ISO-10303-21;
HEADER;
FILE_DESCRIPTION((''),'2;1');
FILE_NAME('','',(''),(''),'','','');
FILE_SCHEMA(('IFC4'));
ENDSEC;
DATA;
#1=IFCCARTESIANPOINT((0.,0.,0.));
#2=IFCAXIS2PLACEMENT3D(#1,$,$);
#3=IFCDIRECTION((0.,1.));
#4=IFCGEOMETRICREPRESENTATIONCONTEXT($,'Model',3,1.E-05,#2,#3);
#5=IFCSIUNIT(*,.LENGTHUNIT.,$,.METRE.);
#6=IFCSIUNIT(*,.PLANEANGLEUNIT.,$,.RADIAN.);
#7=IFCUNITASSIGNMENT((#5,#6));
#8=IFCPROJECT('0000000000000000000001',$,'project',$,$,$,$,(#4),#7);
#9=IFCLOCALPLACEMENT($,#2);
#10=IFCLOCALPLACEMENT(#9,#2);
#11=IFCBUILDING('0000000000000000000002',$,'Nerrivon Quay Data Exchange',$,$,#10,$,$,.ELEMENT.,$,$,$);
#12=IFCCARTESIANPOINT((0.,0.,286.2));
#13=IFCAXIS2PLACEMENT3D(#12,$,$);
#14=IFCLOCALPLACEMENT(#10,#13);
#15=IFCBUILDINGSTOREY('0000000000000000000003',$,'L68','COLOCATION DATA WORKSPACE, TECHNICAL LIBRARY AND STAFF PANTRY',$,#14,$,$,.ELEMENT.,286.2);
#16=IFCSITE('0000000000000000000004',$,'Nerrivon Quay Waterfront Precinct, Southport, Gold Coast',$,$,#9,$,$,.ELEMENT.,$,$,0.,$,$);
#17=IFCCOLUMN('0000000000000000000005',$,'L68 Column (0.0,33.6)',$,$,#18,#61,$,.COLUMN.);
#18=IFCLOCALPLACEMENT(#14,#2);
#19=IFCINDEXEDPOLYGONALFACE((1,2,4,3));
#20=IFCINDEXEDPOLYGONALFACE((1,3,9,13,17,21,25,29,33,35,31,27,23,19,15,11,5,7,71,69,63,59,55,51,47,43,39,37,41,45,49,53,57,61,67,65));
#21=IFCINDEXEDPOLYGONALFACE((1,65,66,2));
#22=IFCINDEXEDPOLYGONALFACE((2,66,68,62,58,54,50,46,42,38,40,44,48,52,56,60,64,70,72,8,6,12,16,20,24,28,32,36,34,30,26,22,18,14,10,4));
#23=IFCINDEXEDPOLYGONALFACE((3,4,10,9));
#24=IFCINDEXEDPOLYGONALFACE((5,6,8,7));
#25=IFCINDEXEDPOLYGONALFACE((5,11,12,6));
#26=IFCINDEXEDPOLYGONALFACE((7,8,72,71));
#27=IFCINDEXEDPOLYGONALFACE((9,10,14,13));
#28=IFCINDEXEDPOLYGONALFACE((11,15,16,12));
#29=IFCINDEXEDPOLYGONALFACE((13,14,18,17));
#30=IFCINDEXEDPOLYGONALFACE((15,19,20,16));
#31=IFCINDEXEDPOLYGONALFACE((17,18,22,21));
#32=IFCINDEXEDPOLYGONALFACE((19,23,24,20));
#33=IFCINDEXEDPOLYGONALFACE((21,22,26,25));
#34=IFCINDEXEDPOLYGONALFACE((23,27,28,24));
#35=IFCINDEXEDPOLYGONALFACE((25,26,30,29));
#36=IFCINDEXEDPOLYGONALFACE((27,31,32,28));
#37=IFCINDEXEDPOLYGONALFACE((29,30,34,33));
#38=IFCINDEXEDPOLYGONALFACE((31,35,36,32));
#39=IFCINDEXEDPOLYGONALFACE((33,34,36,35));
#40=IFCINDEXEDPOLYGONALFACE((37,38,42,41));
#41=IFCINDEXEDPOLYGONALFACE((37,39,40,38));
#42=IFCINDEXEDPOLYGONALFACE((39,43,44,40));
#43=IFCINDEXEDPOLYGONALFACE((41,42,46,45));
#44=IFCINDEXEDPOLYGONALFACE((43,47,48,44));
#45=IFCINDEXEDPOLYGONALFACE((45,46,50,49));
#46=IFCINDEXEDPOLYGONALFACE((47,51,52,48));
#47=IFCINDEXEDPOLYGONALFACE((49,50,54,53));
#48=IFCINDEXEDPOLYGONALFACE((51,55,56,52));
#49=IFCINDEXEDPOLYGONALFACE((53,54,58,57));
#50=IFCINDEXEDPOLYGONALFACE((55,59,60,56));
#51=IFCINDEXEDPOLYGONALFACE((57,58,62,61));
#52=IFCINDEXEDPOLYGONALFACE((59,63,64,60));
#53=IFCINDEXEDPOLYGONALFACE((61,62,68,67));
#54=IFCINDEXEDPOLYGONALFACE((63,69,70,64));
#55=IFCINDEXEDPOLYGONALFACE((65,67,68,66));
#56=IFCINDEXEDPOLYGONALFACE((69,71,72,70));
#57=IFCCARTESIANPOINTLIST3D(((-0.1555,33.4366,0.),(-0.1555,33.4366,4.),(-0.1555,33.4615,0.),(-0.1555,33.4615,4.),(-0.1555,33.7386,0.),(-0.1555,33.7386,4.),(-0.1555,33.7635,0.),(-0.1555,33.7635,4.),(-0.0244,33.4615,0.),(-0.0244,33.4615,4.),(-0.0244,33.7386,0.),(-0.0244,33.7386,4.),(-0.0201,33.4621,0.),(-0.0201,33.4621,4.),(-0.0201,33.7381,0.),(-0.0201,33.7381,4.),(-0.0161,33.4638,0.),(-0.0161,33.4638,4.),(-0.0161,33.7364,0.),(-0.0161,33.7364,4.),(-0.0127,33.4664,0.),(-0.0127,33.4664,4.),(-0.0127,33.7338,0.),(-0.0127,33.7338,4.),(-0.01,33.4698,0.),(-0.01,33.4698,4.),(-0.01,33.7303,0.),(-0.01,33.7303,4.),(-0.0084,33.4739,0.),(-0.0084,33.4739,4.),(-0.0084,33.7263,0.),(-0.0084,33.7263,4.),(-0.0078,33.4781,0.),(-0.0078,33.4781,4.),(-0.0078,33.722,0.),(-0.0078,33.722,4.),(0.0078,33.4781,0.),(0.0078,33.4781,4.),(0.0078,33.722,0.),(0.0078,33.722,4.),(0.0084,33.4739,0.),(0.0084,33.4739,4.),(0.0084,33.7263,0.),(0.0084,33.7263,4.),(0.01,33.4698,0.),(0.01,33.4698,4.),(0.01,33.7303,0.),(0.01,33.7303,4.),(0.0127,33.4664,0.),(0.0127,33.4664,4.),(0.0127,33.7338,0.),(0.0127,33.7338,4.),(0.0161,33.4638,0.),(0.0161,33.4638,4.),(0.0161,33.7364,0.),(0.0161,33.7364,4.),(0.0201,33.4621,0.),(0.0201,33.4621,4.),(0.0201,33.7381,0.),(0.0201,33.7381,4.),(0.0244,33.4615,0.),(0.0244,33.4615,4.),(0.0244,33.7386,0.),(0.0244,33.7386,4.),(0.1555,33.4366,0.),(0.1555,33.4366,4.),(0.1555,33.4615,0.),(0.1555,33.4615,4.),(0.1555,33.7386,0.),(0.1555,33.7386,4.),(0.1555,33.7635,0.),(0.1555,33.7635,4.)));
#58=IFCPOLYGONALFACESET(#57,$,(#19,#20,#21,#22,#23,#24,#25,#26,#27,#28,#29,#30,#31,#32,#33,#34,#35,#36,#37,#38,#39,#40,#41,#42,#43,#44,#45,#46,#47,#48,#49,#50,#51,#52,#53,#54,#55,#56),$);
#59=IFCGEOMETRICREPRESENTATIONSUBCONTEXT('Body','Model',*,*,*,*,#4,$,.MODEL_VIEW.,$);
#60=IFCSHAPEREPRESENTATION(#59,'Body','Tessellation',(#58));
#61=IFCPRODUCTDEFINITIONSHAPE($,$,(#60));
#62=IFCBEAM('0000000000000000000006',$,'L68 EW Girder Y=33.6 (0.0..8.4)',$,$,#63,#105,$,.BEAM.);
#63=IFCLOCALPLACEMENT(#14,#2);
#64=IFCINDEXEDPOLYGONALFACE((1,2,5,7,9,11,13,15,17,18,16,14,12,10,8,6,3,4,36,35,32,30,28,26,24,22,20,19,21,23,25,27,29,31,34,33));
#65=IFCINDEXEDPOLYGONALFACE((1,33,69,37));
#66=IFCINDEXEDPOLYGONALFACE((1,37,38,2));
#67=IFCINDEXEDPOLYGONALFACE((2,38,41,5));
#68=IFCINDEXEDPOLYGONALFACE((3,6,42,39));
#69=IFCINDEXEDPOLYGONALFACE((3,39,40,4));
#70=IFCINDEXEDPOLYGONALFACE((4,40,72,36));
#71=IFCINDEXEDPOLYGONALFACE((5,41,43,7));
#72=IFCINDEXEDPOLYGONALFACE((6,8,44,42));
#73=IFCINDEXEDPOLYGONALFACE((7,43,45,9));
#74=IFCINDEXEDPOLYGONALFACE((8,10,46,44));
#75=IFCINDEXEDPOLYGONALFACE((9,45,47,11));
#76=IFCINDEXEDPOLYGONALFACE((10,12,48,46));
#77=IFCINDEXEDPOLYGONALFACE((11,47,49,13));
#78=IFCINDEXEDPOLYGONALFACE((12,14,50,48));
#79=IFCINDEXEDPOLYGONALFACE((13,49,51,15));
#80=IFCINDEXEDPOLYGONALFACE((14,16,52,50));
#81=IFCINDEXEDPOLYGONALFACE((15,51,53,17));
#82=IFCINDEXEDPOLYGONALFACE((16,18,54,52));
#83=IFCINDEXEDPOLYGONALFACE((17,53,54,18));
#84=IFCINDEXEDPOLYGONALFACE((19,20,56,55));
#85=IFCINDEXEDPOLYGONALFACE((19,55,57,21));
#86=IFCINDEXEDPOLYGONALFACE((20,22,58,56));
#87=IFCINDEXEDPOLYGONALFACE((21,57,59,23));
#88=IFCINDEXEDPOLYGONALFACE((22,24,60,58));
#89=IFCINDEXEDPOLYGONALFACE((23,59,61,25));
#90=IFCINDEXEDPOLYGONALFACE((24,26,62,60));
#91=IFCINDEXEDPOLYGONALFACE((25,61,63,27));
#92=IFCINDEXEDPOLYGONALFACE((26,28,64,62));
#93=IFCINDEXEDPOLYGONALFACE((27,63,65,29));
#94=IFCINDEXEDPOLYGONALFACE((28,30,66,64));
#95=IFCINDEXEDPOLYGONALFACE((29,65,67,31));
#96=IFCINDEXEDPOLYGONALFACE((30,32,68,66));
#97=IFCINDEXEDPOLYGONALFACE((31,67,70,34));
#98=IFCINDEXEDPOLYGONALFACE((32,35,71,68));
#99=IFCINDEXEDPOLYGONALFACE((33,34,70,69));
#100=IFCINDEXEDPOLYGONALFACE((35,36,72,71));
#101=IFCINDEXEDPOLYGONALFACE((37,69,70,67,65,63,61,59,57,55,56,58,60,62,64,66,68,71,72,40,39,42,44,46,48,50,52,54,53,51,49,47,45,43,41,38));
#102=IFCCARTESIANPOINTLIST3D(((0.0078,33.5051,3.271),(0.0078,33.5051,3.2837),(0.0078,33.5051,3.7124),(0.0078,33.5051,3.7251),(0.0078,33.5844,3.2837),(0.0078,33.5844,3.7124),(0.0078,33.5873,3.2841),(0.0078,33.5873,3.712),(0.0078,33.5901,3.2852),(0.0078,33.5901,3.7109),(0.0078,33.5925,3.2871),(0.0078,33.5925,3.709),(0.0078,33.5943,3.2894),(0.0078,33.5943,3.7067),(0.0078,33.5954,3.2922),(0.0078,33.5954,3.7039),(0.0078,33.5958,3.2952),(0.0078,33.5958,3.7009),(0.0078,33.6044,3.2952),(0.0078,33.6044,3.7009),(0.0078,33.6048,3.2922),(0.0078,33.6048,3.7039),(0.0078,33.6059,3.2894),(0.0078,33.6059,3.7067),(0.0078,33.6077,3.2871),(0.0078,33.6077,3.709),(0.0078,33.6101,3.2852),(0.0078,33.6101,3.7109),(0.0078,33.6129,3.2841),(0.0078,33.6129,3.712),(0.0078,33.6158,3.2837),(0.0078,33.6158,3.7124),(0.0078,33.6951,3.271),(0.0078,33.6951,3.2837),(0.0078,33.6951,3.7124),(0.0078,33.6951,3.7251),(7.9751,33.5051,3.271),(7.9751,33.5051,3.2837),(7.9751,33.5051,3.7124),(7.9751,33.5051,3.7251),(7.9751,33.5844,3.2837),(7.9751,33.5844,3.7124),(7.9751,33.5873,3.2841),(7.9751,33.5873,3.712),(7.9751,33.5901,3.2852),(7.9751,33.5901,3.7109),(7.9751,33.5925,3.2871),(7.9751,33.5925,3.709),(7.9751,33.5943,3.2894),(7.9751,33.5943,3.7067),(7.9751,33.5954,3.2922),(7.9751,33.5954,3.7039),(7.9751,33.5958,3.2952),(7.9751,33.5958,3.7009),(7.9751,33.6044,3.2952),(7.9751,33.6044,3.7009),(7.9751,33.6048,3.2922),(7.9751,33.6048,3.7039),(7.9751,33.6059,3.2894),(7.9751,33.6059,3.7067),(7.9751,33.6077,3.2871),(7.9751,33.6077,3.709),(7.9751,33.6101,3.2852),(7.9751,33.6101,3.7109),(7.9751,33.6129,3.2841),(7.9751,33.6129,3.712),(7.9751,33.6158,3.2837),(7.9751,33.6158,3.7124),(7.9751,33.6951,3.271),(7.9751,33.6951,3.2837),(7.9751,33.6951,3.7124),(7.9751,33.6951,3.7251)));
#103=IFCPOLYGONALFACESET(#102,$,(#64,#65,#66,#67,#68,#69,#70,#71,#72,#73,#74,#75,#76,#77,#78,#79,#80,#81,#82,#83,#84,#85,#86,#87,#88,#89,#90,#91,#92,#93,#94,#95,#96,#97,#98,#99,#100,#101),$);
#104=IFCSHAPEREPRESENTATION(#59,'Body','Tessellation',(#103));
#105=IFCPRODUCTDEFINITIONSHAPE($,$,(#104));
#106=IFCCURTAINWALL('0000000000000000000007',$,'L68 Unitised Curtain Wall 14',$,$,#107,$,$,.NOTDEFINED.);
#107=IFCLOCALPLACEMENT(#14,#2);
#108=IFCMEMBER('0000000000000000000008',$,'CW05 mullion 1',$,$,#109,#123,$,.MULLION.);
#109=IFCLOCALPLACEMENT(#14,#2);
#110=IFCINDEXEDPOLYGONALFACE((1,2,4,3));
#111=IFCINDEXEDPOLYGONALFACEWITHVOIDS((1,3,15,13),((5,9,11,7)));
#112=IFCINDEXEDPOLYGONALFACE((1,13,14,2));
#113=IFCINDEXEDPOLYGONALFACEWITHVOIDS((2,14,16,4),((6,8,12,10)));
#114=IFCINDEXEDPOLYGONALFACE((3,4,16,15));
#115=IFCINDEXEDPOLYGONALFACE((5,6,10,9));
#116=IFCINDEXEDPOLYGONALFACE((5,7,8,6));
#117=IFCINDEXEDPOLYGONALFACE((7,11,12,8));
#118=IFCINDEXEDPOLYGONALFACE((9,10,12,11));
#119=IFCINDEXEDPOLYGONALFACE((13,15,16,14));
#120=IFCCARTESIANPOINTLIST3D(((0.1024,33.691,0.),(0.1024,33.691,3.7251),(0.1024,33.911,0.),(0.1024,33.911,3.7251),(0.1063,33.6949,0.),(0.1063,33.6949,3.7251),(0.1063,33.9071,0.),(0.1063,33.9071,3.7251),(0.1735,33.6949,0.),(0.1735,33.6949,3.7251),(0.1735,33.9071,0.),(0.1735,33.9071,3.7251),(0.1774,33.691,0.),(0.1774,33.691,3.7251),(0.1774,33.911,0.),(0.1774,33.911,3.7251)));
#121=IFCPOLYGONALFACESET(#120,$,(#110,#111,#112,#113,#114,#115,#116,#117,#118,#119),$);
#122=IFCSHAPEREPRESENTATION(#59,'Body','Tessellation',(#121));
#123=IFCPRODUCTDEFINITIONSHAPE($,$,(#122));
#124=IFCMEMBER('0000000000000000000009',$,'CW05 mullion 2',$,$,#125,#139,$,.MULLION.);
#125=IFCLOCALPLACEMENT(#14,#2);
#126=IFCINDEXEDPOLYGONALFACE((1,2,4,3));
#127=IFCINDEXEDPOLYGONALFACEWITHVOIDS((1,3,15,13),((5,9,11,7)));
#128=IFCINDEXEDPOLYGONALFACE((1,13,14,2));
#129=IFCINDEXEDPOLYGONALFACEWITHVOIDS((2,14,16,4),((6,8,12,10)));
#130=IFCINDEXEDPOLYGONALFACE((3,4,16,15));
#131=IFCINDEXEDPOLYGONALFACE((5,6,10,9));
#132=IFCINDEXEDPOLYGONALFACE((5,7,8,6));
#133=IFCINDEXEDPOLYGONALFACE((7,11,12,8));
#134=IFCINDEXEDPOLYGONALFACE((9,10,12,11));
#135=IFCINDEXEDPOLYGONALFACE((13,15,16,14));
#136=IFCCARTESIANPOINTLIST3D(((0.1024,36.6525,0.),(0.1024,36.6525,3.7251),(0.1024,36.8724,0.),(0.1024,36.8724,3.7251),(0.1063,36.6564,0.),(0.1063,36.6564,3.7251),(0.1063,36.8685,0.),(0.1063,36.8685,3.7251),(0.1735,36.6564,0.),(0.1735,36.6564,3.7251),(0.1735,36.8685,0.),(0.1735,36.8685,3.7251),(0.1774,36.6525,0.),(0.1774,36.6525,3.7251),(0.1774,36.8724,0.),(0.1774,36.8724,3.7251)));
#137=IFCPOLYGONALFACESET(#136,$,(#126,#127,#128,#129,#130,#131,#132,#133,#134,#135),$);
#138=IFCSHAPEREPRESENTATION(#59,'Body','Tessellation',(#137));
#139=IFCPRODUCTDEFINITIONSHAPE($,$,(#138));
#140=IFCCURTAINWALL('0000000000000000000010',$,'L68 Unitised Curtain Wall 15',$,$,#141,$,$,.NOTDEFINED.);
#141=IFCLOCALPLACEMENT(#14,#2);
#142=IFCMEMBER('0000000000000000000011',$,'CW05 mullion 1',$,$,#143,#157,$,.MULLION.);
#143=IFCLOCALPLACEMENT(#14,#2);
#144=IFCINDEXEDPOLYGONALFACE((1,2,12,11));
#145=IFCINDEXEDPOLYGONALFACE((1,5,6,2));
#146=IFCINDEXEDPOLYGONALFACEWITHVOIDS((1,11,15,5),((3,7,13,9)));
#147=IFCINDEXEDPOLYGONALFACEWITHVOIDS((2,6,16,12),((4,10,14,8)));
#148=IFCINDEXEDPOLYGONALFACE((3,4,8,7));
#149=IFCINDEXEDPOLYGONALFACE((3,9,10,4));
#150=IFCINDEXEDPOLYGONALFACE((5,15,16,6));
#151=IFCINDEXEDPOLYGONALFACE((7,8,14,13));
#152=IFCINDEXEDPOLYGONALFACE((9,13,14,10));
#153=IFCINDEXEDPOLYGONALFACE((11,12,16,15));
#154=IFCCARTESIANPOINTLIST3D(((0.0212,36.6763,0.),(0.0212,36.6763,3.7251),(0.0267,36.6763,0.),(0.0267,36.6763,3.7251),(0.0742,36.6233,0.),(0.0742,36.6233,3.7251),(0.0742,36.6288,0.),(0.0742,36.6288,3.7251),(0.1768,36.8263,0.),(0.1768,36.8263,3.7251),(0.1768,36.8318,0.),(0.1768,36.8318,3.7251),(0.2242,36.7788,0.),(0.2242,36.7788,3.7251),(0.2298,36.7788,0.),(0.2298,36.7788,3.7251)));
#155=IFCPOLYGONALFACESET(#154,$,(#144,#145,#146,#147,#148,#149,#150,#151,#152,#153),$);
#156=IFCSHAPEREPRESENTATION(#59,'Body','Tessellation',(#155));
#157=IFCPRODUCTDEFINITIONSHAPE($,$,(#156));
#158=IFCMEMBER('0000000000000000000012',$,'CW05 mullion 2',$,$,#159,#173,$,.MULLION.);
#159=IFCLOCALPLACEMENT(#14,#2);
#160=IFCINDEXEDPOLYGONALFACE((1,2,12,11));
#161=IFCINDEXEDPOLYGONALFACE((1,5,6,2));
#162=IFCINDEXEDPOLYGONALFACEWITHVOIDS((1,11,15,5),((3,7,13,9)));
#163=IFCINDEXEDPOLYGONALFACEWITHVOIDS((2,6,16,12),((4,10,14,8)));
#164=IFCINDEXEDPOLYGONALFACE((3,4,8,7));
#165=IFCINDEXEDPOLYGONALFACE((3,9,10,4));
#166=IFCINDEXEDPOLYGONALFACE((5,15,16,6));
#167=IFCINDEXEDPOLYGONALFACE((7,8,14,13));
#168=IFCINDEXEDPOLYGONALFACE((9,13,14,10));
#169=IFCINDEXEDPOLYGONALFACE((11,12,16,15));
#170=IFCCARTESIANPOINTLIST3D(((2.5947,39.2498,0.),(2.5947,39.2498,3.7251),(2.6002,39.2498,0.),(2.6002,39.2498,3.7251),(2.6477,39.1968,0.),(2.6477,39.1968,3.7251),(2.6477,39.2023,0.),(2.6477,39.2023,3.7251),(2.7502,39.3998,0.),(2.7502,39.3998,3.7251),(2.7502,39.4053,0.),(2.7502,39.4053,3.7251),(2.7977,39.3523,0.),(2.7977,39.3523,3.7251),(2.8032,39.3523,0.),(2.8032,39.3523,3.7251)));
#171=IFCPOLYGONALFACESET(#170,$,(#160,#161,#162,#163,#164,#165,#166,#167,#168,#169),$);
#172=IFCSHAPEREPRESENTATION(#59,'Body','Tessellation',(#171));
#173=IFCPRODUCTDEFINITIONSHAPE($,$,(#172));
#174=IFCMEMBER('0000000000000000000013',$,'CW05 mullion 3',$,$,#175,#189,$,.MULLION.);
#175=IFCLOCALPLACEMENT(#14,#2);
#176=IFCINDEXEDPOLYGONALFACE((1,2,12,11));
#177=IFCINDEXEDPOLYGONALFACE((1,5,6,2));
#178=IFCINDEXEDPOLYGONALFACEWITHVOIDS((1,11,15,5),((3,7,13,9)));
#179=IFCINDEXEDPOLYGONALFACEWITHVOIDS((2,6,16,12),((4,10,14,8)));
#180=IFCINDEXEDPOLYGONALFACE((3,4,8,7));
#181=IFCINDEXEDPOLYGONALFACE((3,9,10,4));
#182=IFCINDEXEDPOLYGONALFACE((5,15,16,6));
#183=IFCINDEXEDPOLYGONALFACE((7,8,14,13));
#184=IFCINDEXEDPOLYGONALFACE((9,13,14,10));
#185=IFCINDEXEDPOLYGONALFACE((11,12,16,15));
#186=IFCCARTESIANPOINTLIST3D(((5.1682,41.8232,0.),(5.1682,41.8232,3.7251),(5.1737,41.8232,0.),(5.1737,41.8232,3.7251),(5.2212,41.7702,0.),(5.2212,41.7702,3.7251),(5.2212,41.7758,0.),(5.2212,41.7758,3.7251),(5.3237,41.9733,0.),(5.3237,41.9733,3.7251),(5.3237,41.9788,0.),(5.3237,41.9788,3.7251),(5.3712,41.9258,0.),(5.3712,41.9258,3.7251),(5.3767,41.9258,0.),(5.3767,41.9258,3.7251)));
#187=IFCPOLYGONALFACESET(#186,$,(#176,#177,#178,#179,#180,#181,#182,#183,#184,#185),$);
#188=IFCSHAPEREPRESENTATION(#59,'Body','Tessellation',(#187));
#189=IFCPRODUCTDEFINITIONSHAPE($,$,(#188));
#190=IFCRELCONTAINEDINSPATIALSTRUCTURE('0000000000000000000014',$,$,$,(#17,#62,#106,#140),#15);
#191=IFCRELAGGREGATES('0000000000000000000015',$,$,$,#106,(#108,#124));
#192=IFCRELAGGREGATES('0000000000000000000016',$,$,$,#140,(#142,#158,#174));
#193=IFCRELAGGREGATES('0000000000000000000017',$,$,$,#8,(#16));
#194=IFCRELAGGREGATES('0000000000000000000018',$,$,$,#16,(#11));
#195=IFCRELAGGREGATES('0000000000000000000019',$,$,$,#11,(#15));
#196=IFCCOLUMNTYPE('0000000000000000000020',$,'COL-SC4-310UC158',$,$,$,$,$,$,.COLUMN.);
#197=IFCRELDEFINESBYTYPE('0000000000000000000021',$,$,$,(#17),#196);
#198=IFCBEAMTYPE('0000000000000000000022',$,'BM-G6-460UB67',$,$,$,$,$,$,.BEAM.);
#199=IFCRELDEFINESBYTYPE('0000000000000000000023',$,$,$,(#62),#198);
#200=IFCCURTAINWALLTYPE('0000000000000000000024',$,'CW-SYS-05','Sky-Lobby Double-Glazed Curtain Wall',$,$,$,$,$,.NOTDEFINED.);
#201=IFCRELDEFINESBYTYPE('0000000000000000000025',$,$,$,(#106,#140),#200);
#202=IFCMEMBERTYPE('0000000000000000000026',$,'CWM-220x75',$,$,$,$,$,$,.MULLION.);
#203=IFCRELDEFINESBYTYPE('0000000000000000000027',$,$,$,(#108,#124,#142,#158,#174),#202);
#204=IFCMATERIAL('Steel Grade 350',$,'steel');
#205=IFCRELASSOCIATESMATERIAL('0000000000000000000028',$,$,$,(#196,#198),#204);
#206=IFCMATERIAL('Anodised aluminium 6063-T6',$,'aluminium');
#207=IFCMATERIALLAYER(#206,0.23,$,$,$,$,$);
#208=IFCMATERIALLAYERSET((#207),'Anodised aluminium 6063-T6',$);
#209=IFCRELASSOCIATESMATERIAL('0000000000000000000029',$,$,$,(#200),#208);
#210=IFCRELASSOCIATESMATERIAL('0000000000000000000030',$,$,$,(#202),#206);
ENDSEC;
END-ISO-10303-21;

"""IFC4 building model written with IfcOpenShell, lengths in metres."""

from ifc_helpers import new_model, si_unit, direction, frame, origin, origin_2d, place, context, subcontext, project, spatial, hollow_rectangle, i_section, extrude, material, layer, layer_set, material_profile, profile_set, type_object, element, aggregate, save


model = new_model("IFC4")

# Units and contexts
model_context = context("Model", 3, precision=1e-05, world=origin(), true_north=direction((0.0, 1.0)))
body_context = subcontext(model_context, "Body", "Model", "MODEL_VIEW")
ifc_project = project(units=[si_unit("LENGTHUNIT", "METRE"), si_unit("PLANEANGLEUNIT", "RADIAN")], contexts=[model_context])

# Site, building, storey
site_placement = place(None, origin())
site = spatial("IfcSite", under=ifc_project, at=site_placement, Name="Nerrivon Quay Waterfront Precinct, Southport, Gold Coast", CompositionType="ELEMENT", RefElevation=0.0)
building_placement = place(site_placement, origin())
building = spatial("IfcBuilding", under=site, at=building_placement, Name="Nerrivon Quay Data Exchange", CompositionType="ELEMENT")
storey_placement = place(building_placement, frame((0.0, 0.0, 286.2)))
storey = spatial("IfcBuildingStorey", under=building, at=storey_placement, Name="L68", Description="COLOCATION DATA WORKSPACE, TECHNICAL LIBRARY AND STAFF PANTRY", CompositionType="ELEMENT", Elevation=286.2)

# Column
ifc_material_1 = material(Name="Steel Grade 350", Category="steel")
ifc_material_profile_1 = material_profile(ifc_material_1, i_section(OverallWidth=0.311, OverallDepth=0.3269, WebThickness=0.0156, FlangeThickness=0.0249, FilletRadius=0.0166, at=origin_2d()), Name="310UC158")
ifc_profile_set_1 = profile_set([ifc_material_profile_1], Name="Steel Grade 350")
column_type = type_object("IfcColumnType", Name="COL-SC4-310UC158", PredefinedType="COLUMN", material=ifc_profile_set_1)
column_placement = place(storey_placement, frame((0.0, 33.6001, 0.0), z_axis=(0.0, 0.0, 1.0), x_axis=(1.0, 0.0, 0.0)))
element("IfcColumn", 1, at=column_placement, inside=storey, type_object=column_type, Name="L68 Column (0.0,33.6)", PredefinedType="COLUMN", context=body_context, shape_type="SweptSolid", body=[
    extrude(i_section(OverallWidth=0.311, OverallDepth=0.3269, WebThickness=0.0156, FlangeThickness=0.0249, FilletRadius=0.0166, at=origin_2d()), origin(), (0.0, 0.0, 1.0), 4.0),
])

# Beam
ifc_material_profile_2 = material_profile(ifc_material_1, i_section(OverallWidth=0.1899, OverallDepth=0.4541, WebThickness=0.0085, FlangeThickness=0.0127, FilletRadius=0.0115, at=origin_2d()), Name="460UB67.1")
ifc_profile_set_2 = profile_set([ifc_material_profile_2], Name="Steel Grade 350")
beam_type = type_object("IfcBeamType", Name="BM-G6-460UB67", PredefinedType="BEAM", material=ifc_profile_set_2)
beam_placement = place(storey_placement, frame((0.0078, 33.6001, 3.498), z_axis=(1.0, 0.0, 0.0), x_axis=(0.0, 1.0, 0.0)))
element("IfcBeam", 2, at=beam_placement, inside=storey, type_object=beam_type, Name="L68 EW Girder Y=33.6 (0.0..8.4)", PredefinedType="BEAM", context=body_context, shape_type="SweptSolid", body=[
    extrude(i_section(OverallWidth=0.1899, OverallDepth=0.4541, WebThickness=0.0085, FlangeThickness=0.0127, FilletRadius=0.0115, at=origin_2d()), origin(), (0.0, 0.0, 1.0), 7.9673),
])

# Curtain walls, members
ifc_material_2 = material(Name="Anodised aluminium 6063-T6", Category="aluminium")
ifc_layer_1 = layer(ifc_material_2, 0.23)
ifc_layer_set_1 = layer_set([ifc_layer_1], Name="Anodised aluminium 6063-T6")
curtain_wall_type = type_object("IfcCurtainWallType", Name="CW-SYS-05", Description="Sky-Lobby Double-Glazed Curtain Wall", PredefinedType="NOTDEFINED", material=ifc_layer_set_1)
curtain_wall_1_placement = place(storey_placement, origin())
curtain_wall_1 = element("IfcCurtainWall", 3, at=curtain_wall_1_placement, inside=storey, type_object=curtain_wall_type, Name="L68 Unitised Curtain Wall 14", PredefinedType="NOTDEFINED")
ifc_material_profile_3 = material_profile(ifc_material_2, hollow_rectangle(XDim=0.075, YDim=0.22, WallThickness=0.0039, at=origin_2d()), Name="ALU-MULL-220x75")
ifc_profile_set_3 = profile_set([ifc_material_profile_3], Name="Anodised aluminium 6063-T6")
member_type_1 = type_object("IfcMemberType", Name="CWM-220x75", PredefinedType="MULLION", material=ifc_profile_set_3)
member_1_placement = place(storey_placement, frame((0.1399, 33.801, 0.0), z_axis=(0.0, 0.0, 1.0), x_axis=(-1.0, 0.0, 0.0)))
member_1 = element("IfcMember", 4, at=member_1_placement, type_object=member_type_1, Name="CW05 mullion 1", PredefinedType="MULLION", context=body_context, shape_type="SweptSolid", body=[
    extrude(hollow_rectangle(XDim=0.075, YDim=0.22, WallThickness=0.0039, at=origin_2d()), origin(), (0.0, 0.0, 1.0), 3.7251),
])
member_2_placement = place(storey_placement, frame((0.1399, 36.7625, 0.0), z_axis=(0.0, 0.0, 1.0), x_axis=(-1.0, 0.0, 0.0)))
member_2 = element("IfcMember", 5, at=member_2_placement, type_object=member_type_1, Name="CW05 mullion 2", PredefinedType="MULLION", context=body_context, shape_type="SweptSolid", body=[
    extrude(hollow_rectangle(XDim=0.075, YDim=0.22, WallThickness=0.0039, at=origin_2d()), origin(), (0.0, 0.0, 1.0), 3.7251),
])
curtain_wall_2_placement = place(storey_placement, origin())
curtain_wall_2 = element("IfcCurtainWall", 6, at=curtain_wall_2_placement, inside=storey, type_object=curtain_wall_type, Name="L68 Unitised Curtain Wall 15", PredefinedType="NOTDEFINED")
member_3_placement = place(storey_placement, frame((0.1255, 36.7275, 0.0), z_axis=(0.0, 0.0, 1.0), x_axis=(-0.707107, 0.707107, 0.0)))
member_3 = element("IfcMember", 7, at=member_3_placement, type_object=member_type_1, Name="CW05 mullion 1", PredefinedType="MULLION", context=body_context, shape_type="SweptSolid", body=[
    extrude(hollow_rectangle(XDim=0.075, YDim=0.22, WallThickness=0.0039, at=origin_2d()), origin(), (0.0, 0.0, 1.0), 3.7251),
])
member_4_placement = place(storey_placement, frame((2.699, 39.301, 0.0), z_axis=(0.0, 0.0, 1.0), x_axis=(-0.707107, 0.707107, 0.0)))
member_4 = element("IfcMember", 8, at=member_4_placement, type_object=member_type_1, Name="CW05 mullion 2", PredefinedType="MULLION", context=body_context, shape_type="SweptSolid", body=[
    extrude(hollow_rectangle(XDim=0.075, YDim=0.22, WallThickness=0.0039, at=origin_2d()), origin(), (0.0, 0.0, 1.0), 3.7251),
])
member_5_placement = place(storey_placement, frame((5.2725, 41.8745, 0.0), z_axis=(0.0, 0.0, 1.0), x_axis=(-0.707107, 0.707107, 0.0)))
member_5 = element("IfcMember", 9, at=member_5_placement, type_object=member_type_1, Name="CW05 mullion 3", PredefinedType="MULLION", context=body_context, shape_type="SweptSolid", body=[
    extrude(hollow_rectangle(XDim=0.075, YDim=0.22, WallThickness=0.0039, at=origin_2d()), origin(), (0.0, 0.0, 1.0), 3.7251),
])

aggregate(curtain_wall_1, [member_1, member_2])
aggregate(curtain_wall_2, [member_3, member_4, member_5])

save(model, "model.ifc")
